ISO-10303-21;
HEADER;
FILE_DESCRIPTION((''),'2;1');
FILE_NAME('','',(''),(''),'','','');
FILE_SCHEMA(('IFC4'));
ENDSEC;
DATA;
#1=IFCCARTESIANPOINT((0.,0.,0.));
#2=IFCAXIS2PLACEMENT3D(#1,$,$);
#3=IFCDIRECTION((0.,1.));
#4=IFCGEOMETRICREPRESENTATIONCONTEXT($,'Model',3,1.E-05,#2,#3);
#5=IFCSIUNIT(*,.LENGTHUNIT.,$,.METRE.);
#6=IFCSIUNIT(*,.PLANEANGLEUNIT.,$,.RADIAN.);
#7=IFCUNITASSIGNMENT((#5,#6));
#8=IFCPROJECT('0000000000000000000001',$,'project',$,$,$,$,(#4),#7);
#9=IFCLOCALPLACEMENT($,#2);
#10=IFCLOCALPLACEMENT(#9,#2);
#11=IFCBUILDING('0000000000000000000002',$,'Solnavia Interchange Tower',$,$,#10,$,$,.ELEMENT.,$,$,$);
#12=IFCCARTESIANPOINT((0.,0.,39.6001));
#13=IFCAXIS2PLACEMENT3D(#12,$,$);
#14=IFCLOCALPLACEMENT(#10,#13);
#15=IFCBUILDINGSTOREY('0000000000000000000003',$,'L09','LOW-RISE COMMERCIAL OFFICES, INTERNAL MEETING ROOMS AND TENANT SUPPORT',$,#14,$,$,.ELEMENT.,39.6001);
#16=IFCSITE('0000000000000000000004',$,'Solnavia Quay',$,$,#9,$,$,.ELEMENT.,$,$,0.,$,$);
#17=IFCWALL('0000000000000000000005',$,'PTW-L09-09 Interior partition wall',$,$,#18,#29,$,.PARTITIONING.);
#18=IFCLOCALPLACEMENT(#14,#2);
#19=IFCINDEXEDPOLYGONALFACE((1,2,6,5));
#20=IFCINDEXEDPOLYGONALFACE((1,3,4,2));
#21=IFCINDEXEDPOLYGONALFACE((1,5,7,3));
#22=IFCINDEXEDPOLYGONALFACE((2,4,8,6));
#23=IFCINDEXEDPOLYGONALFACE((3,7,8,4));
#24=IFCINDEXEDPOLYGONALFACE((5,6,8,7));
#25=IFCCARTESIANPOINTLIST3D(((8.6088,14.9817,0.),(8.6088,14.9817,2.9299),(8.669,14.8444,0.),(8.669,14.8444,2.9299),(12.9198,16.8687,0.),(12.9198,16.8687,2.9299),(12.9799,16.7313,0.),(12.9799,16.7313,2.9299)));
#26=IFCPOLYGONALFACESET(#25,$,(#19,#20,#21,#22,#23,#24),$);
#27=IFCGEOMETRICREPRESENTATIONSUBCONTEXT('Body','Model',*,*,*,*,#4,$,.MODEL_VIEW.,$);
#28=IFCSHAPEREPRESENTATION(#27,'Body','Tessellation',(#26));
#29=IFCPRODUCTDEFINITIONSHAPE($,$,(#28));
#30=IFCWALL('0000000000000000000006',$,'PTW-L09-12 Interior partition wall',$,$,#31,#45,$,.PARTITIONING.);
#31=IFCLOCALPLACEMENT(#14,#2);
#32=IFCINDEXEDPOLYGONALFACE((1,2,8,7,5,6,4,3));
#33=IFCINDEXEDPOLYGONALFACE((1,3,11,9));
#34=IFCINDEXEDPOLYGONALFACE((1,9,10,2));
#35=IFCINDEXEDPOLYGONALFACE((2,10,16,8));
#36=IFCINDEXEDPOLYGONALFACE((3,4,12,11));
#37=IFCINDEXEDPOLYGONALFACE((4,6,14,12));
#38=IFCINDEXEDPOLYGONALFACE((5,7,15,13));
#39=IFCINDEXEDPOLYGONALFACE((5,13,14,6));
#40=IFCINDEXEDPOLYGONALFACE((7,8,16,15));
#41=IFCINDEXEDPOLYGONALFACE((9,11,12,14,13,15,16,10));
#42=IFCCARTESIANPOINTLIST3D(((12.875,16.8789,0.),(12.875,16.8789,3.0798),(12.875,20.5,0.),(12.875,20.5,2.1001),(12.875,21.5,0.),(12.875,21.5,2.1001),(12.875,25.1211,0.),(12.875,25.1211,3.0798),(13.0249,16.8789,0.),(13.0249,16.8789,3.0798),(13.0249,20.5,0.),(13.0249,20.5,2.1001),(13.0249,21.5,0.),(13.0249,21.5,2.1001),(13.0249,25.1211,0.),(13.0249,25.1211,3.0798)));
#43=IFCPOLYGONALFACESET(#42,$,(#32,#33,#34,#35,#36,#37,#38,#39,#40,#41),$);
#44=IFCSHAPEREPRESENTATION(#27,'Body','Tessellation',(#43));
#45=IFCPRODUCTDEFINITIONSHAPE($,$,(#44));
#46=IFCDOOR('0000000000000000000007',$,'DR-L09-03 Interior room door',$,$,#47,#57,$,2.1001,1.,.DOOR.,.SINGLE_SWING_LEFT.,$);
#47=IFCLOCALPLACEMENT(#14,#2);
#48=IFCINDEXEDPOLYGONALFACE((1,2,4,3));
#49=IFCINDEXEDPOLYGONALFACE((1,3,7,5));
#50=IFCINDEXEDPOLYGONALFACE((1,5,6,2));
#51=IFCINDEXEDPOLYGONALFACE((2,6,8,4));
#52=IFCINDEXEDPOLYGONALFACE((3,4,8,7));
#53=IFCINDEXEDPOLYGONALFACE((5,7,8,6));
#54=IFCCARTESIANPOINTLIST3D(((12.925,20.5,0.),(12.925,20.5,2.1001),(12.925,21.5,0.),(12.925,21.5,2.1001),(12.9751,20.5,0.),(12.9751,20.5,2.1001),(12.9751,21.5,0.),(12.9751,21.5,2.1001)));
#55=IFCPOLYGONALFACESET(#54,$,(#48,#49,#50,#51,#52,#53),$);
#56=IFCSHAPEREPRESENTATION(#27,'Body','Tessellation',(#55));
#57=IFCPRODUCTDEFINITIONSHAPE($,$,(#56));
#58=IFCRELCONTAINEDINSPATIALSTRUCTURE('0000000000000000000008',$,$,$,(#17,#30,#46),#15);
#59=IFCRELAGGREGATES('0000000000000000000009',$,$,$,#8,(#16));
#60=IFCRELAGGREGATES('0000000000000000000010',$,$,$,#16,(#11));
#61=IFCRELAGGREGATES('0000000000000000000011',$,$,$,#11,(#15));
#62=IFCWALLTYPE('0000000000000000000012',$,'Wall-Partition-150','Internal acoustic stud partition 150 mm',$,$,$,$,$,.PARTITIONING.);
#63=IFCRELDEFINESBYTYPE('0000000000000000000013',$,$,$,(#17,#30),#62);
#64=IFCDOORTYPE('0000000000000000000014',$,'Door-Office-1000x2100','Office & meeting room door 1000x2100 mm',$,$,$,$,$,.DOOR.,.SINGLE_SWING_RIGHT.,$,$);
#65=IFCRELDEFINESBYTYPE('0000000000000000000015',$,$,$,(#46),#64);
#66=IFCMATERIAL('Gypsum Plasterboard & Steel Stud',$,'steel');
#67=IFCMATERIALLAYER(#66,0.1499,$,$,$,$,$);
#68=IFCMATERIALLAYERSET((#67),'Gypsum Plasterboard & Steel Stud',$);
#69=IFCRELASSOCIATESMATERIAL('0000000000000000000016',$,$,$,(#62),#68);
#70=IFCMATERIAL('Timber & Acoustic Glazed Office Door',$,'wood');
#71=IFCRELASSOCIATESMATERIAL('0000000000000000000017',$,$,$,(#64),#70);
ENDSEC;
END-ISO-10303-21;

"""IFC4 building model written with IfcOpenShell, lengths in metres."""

from ifc_helpers import new_model, si_unit, direction, frame, frame_2d, origin, place, context, subcontext, project, spatial, rectangle, extrude, material, layer, layer_set, type_object, element, fill, save


model = new_model("IFC4")

# Units and contexts
model_context = context("Model", 3, precision=1e-05, world=origin(), true_north=direction((0.0, 1.0)))
body_context = subcontext(model_context, "Body", "Model", "MODEL_VIEW")
ifc_project = project(units=[si_unit("LENGTHUNIT", "METRE"), si_unit("PLANEANGLEUNIT", "RADIAN")], contexts=[model_context])

# Site, building, storey
site_placement = place(None, origin())
site = spatial("IfcSite", under=ifc_project, at=site_placement, Name="Solnavia Quay", CompositionType="ELEMENT", RefElevation=0.0)
building_placement = place(site_placement, origin())
building = spatial("IfcBuilding", under=site, at=building_placement, Name="Solnavia Interchange Tower", CompositionType="ELEMENT")
storey_placement = place(building_placement, frame((0.0, 0.0, 39.6001)))
storey = spatial("IfcBuildingStorey", under=building, at=storey_placement, Name="L09", Description="LOW-RISE COMMERCIAL OFFICES, INTERNAL MEETING ROOMS AND TENANT SUPPORT", CompositionType="ELEMENT", Elevation=39.6001)

# Wall
ifc_material_1 = material(Name="Gypsum Plasterboard & Steel Stud", Category="steel")
ifc_layer_1 = layer(ifc_material_1, 0.1499)
ifc_layer_set_1 = layer_set([ifc_layer_1], Name="Gypsum Plasterboard & Steel Stud")
wall_type_1 = type_object("IfcWallType", Name="Wall-Partition-150", Description="Internal acoustic stud partition 150 mm", PredefinedType="PARTITIONING", material=ifc_layer_set_1)
wall_1_placement = place(storey_placement, frame((12.95, 16.8, 0.0), z_axis=(0.0, 0.0, 1.0), x_axis=(-0.916088, -0.400977, 0.0)))
element("IfcWall", 1, at=wall_1_placement, inside=storey, type_object=wall_type_1, Name="PTW-L09-09 Interior partition wall", PredefinedType="PARTITIONING", context=body_context, shape_type="SweptSolid", body=[
    extrude(rectangle(XDim=4.7058, YDim=0.1499, at=frame_2d((2.353, 0.0))), origin(), (0.0, 0.0, 1.0), 2.9299),
])

# Wall, opening, door
wall_2_placement = place(storey_placement, frame((12.95, 16.8789, 0.0), z_axis=(0.0, 0.0, 1.0), x_axis=(0.0, 1.0, 0.0)))
wall_2 = element("IfcWall", 2, at=wall_2_placement, inside=storey, type_object=wall_type_1, Name="PTW-L09-12 Interior partition wall", PredefinedType="PARTITIONING", context=body_context, shape_type="SweptSolid", body=[
    extrude(rectangle(XDim=8.2422, YDim=0.1499, at=frame_2d((4.1211, 0.0))), origin(), (0.0, 0.0, 1.0), 3.0798),
])
opening_1_placement = place(wall_2_placement, frame((3.6211, 0.0, 0.0)))
opening_1 = element("IfcOpeningElement", 3, at=opening_1_placement, cuts=wall_2, PredefinedType="OPENING", context=body_context, shape_type="SweptSolid", body=[
    extrude(rectangle(XDim=1.0, YDim=2.1001, at=frame_2d((0.5, 1.05))), frame((0.0, 0.085, 0.0), z_axis=(0.0, -1.0, 0.0), x_axis=(1.0, 0.0, 0.0)), (0.0, 0.0, 1.0), 0.1699),
])
ifc_material_2 = material(Name="Timber & Acoustic Glazed Office Door", Category="wood")
door_type = type_object("IfcDoorType", Name="Door-Office-1000x2100", Description="Office & meeting room door 1000x2100 mm", OperationType="SINGLE_SWING_RIGHT", PredefinedType="DOOR", material=ifc_material_2)
door_placement = place(opening_1_placement, origin())
door = element("IfcDoor", 4, at=door_placement, inside=storey, type_object=door_type, Name="DR-L09-03 Interior room door", OperationType="SINGLE_SWING_LEFT", OverallHeight=2.1001, OverallWidth=1.0, PredefinedType="DOOR", context=body_context, shape_type="SweptSolid", body=[
    extrude(rectangle(XDim=1.0, YDim=2.1001, at=frame_2d((0.5, 1.05))), frame((0.0, 0.0249, 0.0), z_axis=(0.0, -1.0, 0.0), x_axis=(1.0, 0.0, 0.0)), (0.0, 0.0, 1.0), 0.05),
])
fill(opening_1, door)

save(model, "model.ifc")
